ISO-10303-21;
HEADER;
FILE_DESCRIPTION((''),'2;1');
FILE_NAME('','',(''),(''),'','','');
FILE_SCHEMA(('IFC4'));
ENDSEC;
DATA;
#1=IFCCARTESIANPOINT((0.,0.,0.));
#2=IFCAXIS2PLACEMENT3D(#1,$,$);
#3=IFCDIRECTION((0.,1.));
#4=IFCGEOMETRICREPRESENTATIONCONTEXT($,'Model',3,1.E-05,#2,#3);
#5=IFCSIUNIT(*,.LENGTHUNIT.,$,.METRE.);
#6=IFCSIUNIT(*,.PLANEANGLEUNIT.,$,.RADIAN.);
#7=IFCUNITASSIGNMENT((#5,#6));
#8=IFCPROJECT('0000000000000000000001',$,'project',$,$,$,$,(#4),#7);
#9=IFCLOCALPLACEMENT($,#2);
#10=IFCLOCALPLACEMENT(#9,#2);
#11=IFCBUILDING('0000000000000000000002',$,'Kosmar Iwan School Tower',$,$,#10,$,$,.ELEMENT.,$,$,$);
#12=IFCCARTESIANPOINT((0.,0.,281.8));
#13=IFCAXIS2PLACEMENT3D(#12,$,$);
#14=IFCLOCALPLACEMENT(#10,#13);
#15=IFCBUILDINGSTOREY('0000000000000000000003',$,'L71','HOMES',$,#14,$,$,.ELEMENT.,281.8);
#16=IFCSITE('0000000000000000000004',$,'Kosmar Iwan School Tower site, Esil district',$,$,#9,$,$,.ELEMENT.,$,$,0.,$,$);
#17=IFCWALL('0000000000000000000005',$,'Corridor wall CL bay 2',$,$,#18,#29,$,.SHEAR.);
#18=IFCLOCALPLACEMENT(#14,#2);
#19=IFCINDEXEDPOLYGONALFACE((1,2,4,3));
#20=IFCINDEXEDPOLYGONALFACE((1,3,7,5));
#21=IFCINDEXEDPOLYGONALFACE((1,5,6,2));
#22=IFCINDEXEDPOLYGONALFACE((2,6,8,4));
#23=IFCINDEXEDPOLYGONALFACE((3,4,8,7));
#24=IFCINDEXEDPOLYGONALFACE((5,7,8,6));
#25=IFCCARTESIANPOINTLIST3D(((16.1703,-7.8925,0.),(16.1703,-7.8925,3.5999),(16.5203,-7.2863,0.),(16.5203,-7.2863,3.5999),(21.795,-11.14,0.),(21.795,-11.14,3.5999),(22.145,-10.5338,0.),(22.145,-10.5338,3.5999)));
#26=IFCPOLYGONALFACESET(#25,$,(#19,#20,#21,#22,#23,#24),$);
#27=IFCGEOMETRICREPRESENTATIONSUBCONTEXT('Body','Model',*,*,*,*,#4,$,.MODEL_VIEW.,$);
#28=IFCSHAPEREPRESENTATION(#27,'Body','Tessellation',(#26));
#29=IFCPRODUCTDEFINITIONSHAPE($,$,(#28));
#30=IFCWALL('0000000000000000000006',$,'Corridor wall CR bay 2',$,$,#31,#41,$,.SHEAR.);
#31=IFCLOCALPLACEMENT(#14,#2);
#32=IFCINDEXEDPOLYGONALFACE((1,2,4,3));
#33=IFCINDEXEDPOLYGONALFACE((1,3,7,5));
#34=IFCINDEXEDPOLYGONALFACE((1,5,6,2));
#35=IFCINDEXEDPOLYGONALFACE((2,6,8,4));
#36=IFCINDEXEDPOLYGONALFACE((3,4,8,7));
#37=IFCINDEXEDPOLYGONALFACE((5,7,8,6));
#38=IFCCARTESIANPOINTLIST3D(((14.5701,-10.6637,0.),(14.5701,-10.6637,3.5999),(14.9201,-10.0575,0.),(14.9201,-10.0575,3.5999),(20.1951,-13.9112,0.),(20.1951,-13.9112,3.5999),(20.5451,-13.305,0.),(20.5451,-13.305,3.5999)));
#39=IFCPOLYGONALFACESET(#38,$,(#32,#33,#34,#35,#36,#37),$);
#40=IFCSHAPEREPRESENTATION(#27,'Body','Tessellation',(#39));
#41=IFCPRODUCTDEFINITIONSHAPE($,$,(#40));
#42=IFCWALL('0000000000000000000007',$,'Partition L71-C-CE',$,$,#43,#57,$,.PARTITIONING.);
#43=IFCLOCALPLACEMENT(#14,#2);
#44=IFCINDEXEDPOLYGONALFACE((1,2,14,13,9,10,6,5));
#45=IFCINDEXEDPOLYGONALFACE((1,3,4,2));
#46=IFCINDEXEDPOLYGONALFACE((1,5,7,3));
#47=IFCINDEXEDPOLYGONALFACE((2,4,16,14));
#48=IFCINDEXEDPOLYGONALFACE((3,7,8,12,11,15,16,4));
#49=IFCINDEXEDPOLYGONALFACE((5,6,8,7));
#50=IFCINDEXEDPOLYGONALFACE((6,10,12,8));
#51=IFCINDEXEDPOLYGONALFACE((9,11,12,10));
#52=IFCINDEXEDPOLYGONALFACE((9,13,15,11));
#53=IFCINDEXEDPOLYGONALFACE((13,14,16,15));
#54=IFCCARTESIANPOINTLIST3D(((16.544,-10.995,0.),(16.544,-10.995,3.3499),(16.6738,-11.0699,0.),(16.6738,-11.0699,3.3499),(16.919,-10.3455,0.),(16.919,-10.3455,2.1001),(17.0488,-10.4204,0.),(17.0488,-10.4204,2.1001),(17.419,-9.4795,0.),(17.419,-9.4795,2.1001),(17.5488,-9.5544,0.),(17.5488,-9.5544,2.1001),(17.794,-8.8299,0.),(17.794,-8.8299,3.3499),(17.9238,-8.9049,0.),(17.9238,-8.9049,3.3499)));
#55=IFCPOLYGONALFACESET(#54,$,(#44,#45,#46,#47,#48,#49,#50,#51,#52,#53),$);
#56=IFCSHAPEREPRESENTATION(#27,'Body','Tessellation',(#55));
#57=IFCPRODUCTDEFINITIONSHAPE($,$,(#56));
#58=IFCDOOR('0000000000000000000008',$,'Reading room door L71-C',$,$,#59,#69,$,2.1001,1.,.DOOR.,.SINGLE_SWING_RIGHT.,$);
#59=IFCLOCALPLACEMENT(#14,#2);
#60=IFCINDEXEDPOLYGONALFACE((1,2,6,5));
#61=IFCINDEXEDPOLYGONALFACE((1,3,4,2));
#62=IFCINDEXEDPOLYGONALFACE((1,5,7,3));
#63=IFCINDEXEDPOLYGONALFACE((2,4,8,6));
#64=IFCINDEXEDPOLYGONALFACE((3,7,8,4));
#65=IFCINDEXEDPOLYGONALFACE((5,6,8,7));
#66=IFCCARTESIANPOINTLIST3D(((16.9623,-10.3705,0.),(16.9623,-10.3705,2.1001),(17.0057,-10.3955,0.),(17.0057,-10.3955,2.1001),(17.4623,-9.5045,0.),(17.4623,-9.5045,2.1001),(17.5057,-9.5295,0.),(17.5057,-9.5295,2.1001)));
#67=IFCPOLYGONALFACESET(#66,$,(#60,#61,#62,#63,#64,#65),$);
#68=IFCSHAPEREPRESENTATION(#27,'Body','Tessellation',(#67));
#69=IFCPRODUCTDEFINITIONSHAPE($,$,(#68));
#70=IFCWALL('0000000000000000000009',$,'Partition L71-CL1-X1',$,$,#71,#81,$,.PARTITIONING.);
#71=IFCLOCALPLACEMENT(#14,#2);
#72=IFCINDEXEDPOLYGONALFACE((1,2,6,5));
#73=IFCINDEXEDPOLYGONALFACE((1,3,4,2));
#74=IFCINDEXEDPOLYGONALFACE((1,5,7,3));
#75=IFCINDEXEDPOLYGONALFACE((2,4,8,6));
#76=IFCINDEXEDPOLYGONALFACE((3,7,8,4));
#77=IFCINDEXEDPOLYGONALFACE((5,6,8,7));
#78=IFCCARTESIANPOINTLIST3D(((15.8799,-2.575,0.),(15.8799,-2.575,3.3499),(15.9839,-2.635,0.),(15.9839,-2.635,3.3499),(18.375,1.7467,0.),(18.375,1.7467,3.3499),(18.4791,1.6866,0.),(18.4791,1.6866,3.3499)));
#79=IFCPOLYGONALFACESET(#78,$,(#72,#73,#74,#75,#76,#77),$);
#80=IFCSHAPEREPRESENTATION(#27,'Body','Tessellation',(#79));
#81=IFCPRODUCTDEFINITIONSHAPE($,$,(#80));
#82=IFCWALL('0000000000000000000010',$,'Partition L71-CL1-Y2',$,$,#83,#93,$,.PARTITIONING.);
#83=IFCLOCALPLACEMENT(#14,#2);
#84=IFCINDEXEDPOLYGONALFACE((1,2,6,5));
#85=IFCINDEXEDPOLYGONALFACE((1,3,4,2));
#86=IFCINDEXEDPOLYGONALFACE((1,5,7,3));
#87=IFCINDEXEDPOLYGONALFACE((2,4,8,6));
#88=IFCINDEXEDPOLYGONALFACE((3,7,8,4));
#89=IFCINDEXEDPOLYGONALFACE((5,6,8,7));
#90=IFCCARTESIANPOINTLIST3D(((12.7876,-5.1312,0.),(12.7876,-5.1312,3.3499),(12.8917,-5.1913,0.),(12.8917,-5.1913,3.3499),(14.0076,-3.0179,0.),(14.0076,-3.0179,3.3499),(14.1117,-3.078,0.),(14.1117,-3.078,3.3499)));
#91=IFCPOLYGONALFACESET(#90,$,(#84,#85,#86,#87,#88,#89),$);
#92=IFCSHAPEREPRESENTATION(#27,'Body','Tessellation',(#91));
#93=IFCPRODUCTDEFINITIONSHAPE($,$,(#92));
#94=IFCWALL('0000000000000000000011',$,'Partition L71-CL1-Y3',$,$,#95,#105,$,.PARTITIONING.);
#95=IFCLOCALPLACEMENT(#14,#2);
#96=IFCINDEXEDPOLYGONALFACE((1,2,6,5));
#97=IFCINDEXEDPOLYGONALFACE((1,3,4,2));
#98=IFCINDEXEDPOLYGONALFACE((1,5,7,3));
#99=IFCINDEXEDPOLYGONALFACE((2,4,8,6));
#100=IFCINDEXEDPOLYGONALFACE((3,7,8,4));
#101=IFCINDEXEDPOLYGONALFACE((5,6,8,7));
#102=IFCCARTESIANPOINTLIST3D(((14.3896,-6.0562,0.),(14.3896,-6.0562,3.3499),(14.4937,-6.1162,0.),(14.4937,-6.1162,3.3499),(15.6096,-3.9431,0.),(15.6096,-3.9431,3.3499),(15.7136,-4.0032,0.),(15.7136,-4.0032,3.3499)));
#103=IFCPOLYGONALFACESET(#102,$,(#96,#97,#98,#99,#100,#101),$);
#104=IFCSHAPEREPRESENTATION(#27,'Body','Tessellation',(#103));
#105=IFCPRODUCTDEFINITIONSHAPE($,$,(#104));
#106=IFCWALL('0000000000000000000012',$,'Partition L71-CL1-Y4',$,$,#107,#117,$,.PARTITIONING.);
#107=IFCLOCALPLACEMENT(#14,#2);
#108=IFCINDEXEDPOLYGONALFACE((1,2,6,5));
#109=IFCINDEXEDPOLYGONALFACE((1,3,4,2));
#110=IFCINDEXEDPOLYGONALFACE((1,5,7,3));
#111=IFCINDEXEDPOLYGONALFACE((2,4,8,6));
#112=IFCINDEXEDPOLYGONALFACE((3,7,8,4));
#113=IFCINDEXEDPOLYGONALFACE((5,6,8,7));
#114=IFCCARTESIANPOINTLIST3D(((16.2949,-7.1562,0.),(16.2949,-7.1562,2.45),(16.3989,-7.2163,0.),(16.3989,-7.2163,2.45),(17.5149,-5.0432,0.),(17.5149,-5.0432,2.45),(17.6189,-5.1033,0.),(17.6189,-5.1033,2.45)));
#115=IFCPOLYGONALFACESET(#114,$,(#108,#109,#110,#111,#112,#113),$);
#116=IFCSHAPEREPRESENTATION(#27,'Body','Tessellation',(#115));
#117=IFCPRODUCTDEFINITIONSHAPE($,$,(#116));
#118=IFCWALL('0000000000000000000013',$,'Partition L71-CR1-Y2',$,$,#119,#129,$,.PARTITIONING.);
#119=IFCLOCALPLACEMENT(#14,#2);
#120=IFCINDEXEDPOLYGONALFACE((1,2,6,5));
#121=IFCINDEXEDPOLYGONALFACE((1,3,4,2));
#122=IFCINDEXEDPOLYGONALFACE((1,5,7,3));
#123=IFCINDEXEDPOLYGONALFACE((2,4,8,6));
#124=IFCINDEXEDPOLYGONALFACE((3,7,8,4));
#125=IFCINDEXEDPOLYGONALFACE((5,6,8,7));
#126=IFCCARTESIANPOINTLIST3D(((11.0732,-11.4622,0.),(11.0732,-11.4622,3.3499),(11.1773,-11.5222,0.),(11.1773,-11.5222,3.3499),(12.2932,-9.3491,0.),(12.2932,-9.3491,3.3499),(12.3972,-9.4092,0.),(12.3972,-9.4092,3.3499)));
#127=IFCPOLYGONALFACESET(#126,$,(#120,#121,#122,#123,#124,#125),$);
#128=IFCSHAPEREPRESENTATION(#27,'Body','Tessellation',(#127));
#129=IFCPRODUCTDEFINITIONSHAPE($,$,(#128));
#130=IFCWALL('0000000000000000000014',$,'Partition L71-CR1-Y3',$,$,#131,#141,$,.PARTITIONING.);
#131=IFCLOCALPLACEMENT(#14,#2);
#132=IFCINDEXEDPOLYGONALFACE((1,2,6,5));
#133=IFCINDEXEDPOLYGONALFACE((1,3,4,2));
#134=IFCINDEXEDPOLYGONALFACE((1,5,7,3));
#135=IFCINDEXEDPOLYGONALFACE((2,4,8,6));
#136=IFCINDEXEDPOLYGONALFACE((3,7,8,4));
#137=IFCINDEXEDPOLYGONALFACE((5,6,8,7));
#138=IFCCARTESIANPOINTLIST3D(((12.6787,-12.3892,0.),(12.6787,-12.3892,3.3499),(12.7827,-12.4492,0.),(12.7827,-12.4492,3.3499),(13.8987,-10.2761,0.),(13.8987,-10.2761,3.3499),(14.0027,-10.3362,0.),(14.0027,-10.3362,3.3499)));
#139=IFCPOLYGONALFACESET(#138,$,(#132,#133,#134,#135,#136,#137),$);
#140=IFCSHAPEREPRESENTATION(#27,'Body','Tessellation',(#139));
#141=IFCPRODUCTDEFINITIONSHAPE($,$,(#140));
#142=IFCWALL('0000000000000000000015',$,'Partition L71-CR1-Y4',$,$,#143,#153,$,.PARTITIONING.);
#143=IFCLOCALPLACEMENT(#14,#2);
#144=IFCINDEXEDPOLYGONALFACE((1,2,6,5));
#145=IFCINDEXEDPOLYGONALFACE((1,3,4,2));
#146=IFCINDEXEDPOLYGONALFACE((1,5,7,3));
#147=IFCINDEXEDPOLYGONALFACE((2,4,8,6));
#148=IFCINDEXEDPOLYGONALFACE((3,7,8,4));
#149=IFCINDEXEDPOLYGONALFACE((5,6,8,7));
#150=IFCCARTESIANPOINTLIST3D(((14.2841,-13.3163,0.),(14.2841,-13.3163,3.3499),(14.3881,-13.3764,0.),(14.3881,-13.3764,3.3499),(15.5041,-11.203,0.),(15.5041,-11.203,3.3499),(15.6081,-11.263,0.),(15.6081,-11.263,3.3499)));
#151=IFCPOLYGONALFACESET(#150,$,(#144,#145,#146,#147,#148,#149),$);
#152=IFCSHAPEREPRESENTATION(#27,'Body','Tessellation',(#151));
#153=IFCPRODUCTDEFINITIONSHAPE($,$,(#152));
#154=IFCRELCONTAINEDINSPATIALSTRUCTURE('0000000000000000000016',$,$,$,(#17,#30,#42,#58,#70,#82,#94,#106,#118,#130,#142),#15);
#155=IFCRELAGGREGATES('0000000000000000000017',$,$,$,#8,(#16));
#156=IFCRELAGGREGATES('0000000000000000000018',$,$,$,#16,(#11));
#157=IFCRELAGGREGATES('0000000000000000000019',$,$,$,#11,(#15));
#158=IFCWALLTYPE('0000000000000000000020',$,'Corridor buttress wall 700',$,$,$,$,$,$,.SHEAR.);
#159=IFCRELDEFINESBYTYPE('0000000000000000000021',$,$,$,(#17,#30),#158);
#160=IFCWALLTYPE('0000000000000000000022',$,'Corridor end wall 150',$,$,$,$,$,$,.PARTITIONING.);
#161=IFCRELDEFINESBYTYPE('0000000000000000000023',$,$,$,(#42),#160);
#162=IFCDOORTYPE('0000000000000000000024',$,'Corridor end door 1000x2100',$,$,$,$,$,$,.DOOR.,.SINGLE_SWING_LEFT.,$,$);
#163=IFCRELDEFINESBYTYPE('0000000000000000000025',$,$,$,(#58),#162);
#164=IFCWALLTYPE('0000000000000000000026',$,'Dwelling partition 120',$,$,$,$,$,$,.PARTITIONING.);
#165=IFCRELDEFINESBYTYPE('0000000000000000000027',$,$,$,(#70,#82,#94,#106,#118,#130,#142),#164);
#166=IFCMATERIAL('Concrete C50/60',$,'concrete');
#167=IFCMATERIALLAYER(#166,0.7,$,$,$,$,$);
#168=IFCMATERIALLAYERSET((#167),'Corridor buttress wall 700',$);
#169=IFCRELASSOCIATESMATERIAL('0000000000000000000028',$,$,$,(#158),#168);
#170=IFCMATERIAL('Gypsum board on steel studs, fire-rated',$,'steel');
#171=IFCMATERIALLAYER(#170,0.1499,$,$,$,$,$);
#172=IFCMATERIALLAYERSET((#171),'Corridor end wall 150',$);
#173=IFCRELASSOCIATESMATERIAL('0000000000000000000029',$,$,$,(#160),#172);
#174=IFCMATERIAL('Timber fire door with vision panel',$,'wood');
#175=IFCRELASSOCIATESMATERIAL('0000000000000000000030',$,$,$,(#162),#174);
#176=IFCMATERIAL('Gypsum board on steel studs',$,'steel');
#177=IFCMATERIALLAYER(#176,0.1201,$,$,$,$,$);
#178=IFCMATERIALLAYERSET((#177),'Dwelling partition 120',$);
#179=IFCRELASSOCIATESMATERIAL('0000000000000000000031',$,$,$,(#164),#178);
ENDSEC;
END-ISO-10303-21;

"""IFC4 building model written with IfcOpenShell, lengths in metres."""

from ifc_helpers import new_model, si_unit, direction, frame, frame_2d, origin, place, context, subcontext, project, spatial, rectangle, extrude, material, layer, layer_set, type_object, element, fill, save


model = new_model("IFC4")

# Units and contexts
model_context = context("Model", 3, precision=1e-05, world=origin(), true_north=direction((0.0, 1.0)))
body_context = subcontext(model_context, "Body", "Model", "MODEL_VIEW")
ifc_project = project(units=[si_unit("LENGTHUNIT", "METRE"), si_unit("PLANEANGLEUNIT", "RADIAN")], contexts=[model_context])

# Site, building, storey
site_placement = place(None, origin())
site = spatial("IfcSite", under=ifc_project, at=site_placement, Name="Kosmar Iwan School Tower site, Esil district", CompositionType="ELEMENT", RefElevation=0.0)
building_placement = place(site_placement, origin())
building = spatial("IfcBuilding", under=site, at=building_placement, Name="Kosmar Iwan School Tower", CompositionType="ELEMENT")
storey_placement = place(building_placement, frame((0.0, 0.0, 281.8)))
storey = spatial("IfcBuildingStorey", under=building, at=storey_placement, Name="L71", Description="HOMES", CompositionType="ELEMENT", Elevation=281.8)

# Walls
ifc_material_1 = material(Name="Concrete C50/60", Category="concrete")
ifc_layer_1 = layer(ifc_material_1, 0.7)
ifc_layer_set_1 = layer_set([ifc_layer_1], Name="Corridor buttress wall 700")
wall_type_1 = type_object("IfcWallType", Name="Corridor buttress wall 700", PredefinedType="SHEAR", material=ifc_layer_set_1)
wall_1_placement = place(storey_placement, frame((16.3452, -7.5894, 0.0), z_axis=(0.0, 0.0, 1.0), x_axis=(0.866018, -0.500012, 0.0)))
element("IfcWall", 1, at=wall_1_placement, inside=storey, type_object=wall_type_1, Name="Corridor wall CL bay 2", PredefinedType="SHEAR", context=body_context, shape_type="SweptSolid", body=[
    extrude(rectangle(XDim=6.4949, YDim=0.7, at=frame_2d((3.2476, 0.0))), origin(), (0.0, 0.0, 1.0), 3.5999),
])
wall_2_placement = place(storey_placement, frame((14.7451, -10.3606, 0.0), z_axis=(0.0, 0.0, 1.0), x_axis=(0.866028, -0.499996, 0.0)))
element("IfcWall", 2, at=wall_2_placement, inside=storey, type_object=wall_type_1, Name="Corridor wall CR bay 2", PredefinedType="SHEAR", context=body_context, shape_type="SweptSolid", body=[
    extrude(rectangle(XDim=6.4951, YDim=0.7, at=frame_2d((3.2476, 0.0))), origin(), (0.0, 0.0, 1.0), 3.5999),
])

# Wall, opening, door
ifc_material_2 = material(Name="Gypsum board on steel studs, fire-rated", Category="steel")
ifc_layer_2 = layer(ifc_material_2, 0.1499)
ifc_layer_set_2 = layer_set([ifc_layer_2], Name="Corridor end wall 150")
wall_type_2 = type_object("IfcWallType", Name="Corridor end wall 150", PredefinedType="PARTITIONING", material=ifc_layer_set_2)
wall_3_placement = place(storey_placement, frame((16.6089, -11.0325, 0.0), z_axis=(0.0, 0.0, 1.0), x_axis=(0.500004, 0.866023, 0.0)))
wall_3 = element("IfcWall", 3, at=wall_3_placement, inside=storey, type_object=wall_type_2, Name="Partition L71-C-CE", PredefinedType="PARTITIONING", context=body_context, shape_type="SweptSolid", body=[
    extrude(rectangle(XDim=2.5, YDim=0.1499, at=frame_2d((1.25, 0.0))), origin(), (0.0, 0.0, 1.0), 3.3499),
])
opening_placement = place(wall_3_placement, frame((0.75, 0.0, 0.0)))
opening = element("IfcOpeningElement", 4, at=opening_placement, cuts=wall_3, PredefinedType="OPENING", context=body_context, shape_type="SweptSolid", body=[
    extrude(rectangle(XDim=1.0, YDim=2.1001, at=frame_2d((0.5, 1.05))), frame((0.0, 0.0869, 0.0), z_axis=(0.0, -1.0, 0.0), x_axis=(1.0, 0.0, 0.0)), (0.0, 0.0, 1.0), 0.1738),
])
ifc_material_3 = material(Name="Timber fire door with vision panel", Category="wood")
door_type = type_object("IfcDoorType", Name="Corridor end door 1000x2100", OperationType="SINGLE_SWING_LEFT", PredefinedType="DOOR", material=ifc_material_3)
door_placement = place(opening_placement, origin())
door = element("IfcDoor", 5, at=door_placement, inside=storey, type_object=door_type, Name="Reading room door L71-C", OperationType="SINGLE_SWING_RIGHT", OverallHeight=2.1001, OverallWidth=1.0, PredefinedType="DOOR", context=body_context, shape_type="SweptSolid", body=[
    extrude(rectangle(XDim=1.0, YDim=2.1001, at=frame_2d((0.5, 1.05))), frame((0.0, 0.0249, 0.0), z_axis=(0.0, -1.0, 0.0), x_axis=(1.0, 0.0, 0.0)), (0.0, 0.0, 1.0), 0.05),
])
fill(opening, door)

# Walls
ifc_material_4 = material(Name="Gypsum board on steel studs", Category="steel")
ifc_layer_3 = layer(ifc_material_4, 0.1201)
ifc_layer_set_3 = layer_set([ifc_layer_3], Name="Dwelling partition 120")
wall_type_3 = type_object("IfcWallType", Name="Dwelling partition 120", PredefinedType="PARTITIONING", material=ifc_layer_set_3)
wall_4_placement = place(storey_placement, frame((15.9319, -2.605, 0.0), z_axis=(0.0, 0.0, 1.0), x_axis=(0.500012, 0.866019, 0.0)))
element("IfcWall", 6, at=wall_4_placement, inside=storey, type_object=wall_type_3, Name="Partition L71-CL1-X1", PredefinedType="PARTITIONING", context=body_context, shape_type="SweptSolid", body=[
    extrude(rectangle(XDim=4.9902, YDim=0.1201, at=frame_2d((2.4951, 0.0))), origin(), (0.0, 0.0, 1.0), 3.3499),
])
wall_5_placement = place(storey_placement, frame((12.8396, -5.1614, 0.0), z_axis=(0.0, 0.0, 1.0), x_axis=(0.499959, 0.866049, 0.0)))
element("IfcWall", 7, at=wall_5_placement, inside=storey, type_object=wall_type_3, Name="Partition L71-CL1-Y2", PredefinedType="PARTITIONING", context=body_context, shape_type="SweptSolid", body=[
    extrude(rectangle(XDim=2.4402, YDim=0.1201, at=frame_2d((1.2202, 0.0))), origin(), (0.0, 0.0, 1.0), 3.3499),
])
wall_6_placement = place(storey_placement, frame((14.4417, -6.0862, 0.0), z_axis=(0.0, 0.0, 1.0), x_axis=(0.500003, 0.866024, 0.0)))
element("IfcWall", 8, at=wall_6_placement, inside=storey, type_object=wall_type_3, Name="Partition L71-CL1-Y3", PredefinedType="PARTITIONING", context=body_context, shape_type="SweptSolid", body=[
    extrude(rectangle(XDim=2.4399, YDim=0.1201, at=frame_2d((1.22, 0.0))), origin(), (0.0, 0.0, 1.0), 3.3499),
])
wall_7_placement = place(storey_placement, frame((16.3469, -7.1863, 0.0), z_axis=(0.0, 0.0, 1.0), x_axis=(0.500003, 0.866024, 0.0)))
element("IfcWall", 9, at=wall_7_placement, inside=storey, type_object=wall_type_3, Name="Partition L71-CL1-Y4", PredefinedType="PARTITIONING", context=body_context, shape_type="SweptSolid", body=[
    extrude(rectangle(XDim=2.4399, YDim=0.1201, at=frame_2d((1.22, 0.0))), origin(), (0.0, 0.0, 1.0), 2.45),
])
for number, where, z_axis, x_axis, name in (
    (10, (12.3452, -9.3792, 0.0), (0.0, 0.0, 1.0), (-0.500003, -0.866024, 0.0), "Partition L71-CR1-Y2"),
    (11, (13.9507, -10.3062, 0.0), (0.0, 0.0, 1.0), (-0.500003, -0.866024, 0.0), "Partition L71-CR1-Y3"),
):
    element("IfcWall", number, at=place(storey_placement, frame(where, z_axis=z_axis, x_axis=x_axis)), inside=storey, type_object=wall_type_3, Name=name, PredefinedType="PARTITIONING", context=body_context, shape_type="SweptSolid", body=[
        extrude(rectangle(XDim=2.4399, YDim=0.1201, at=frame_2d((1.22, 0.0))), origin(), (0.0, 0.0, 1.0), 3.3499),
    ])
wall_8_placement = place(storey_placement, frame((15.5562, -11.2329, 0.0), z_axis=(0.0, 0.0, 1.0), x_axis=(-0.499959, -0.866049, 0.0)))
element("IfcWall", 12, at=wall_8_placement, inside=storey, type_object=wall_type_3, Name="Partition L71-CR1-Y4", PredefinedType="PARTITIONING", context=body_context, shape_type="SweptSolid", body=[
    extrude(rectangle(XDim=2.4402, YDim=0.1201, at=frame_2d((1.2202, 0.0))), origin(), (0.0, 0.0, 1.0), 3.3499),
])

save(model, "model.ifc")
